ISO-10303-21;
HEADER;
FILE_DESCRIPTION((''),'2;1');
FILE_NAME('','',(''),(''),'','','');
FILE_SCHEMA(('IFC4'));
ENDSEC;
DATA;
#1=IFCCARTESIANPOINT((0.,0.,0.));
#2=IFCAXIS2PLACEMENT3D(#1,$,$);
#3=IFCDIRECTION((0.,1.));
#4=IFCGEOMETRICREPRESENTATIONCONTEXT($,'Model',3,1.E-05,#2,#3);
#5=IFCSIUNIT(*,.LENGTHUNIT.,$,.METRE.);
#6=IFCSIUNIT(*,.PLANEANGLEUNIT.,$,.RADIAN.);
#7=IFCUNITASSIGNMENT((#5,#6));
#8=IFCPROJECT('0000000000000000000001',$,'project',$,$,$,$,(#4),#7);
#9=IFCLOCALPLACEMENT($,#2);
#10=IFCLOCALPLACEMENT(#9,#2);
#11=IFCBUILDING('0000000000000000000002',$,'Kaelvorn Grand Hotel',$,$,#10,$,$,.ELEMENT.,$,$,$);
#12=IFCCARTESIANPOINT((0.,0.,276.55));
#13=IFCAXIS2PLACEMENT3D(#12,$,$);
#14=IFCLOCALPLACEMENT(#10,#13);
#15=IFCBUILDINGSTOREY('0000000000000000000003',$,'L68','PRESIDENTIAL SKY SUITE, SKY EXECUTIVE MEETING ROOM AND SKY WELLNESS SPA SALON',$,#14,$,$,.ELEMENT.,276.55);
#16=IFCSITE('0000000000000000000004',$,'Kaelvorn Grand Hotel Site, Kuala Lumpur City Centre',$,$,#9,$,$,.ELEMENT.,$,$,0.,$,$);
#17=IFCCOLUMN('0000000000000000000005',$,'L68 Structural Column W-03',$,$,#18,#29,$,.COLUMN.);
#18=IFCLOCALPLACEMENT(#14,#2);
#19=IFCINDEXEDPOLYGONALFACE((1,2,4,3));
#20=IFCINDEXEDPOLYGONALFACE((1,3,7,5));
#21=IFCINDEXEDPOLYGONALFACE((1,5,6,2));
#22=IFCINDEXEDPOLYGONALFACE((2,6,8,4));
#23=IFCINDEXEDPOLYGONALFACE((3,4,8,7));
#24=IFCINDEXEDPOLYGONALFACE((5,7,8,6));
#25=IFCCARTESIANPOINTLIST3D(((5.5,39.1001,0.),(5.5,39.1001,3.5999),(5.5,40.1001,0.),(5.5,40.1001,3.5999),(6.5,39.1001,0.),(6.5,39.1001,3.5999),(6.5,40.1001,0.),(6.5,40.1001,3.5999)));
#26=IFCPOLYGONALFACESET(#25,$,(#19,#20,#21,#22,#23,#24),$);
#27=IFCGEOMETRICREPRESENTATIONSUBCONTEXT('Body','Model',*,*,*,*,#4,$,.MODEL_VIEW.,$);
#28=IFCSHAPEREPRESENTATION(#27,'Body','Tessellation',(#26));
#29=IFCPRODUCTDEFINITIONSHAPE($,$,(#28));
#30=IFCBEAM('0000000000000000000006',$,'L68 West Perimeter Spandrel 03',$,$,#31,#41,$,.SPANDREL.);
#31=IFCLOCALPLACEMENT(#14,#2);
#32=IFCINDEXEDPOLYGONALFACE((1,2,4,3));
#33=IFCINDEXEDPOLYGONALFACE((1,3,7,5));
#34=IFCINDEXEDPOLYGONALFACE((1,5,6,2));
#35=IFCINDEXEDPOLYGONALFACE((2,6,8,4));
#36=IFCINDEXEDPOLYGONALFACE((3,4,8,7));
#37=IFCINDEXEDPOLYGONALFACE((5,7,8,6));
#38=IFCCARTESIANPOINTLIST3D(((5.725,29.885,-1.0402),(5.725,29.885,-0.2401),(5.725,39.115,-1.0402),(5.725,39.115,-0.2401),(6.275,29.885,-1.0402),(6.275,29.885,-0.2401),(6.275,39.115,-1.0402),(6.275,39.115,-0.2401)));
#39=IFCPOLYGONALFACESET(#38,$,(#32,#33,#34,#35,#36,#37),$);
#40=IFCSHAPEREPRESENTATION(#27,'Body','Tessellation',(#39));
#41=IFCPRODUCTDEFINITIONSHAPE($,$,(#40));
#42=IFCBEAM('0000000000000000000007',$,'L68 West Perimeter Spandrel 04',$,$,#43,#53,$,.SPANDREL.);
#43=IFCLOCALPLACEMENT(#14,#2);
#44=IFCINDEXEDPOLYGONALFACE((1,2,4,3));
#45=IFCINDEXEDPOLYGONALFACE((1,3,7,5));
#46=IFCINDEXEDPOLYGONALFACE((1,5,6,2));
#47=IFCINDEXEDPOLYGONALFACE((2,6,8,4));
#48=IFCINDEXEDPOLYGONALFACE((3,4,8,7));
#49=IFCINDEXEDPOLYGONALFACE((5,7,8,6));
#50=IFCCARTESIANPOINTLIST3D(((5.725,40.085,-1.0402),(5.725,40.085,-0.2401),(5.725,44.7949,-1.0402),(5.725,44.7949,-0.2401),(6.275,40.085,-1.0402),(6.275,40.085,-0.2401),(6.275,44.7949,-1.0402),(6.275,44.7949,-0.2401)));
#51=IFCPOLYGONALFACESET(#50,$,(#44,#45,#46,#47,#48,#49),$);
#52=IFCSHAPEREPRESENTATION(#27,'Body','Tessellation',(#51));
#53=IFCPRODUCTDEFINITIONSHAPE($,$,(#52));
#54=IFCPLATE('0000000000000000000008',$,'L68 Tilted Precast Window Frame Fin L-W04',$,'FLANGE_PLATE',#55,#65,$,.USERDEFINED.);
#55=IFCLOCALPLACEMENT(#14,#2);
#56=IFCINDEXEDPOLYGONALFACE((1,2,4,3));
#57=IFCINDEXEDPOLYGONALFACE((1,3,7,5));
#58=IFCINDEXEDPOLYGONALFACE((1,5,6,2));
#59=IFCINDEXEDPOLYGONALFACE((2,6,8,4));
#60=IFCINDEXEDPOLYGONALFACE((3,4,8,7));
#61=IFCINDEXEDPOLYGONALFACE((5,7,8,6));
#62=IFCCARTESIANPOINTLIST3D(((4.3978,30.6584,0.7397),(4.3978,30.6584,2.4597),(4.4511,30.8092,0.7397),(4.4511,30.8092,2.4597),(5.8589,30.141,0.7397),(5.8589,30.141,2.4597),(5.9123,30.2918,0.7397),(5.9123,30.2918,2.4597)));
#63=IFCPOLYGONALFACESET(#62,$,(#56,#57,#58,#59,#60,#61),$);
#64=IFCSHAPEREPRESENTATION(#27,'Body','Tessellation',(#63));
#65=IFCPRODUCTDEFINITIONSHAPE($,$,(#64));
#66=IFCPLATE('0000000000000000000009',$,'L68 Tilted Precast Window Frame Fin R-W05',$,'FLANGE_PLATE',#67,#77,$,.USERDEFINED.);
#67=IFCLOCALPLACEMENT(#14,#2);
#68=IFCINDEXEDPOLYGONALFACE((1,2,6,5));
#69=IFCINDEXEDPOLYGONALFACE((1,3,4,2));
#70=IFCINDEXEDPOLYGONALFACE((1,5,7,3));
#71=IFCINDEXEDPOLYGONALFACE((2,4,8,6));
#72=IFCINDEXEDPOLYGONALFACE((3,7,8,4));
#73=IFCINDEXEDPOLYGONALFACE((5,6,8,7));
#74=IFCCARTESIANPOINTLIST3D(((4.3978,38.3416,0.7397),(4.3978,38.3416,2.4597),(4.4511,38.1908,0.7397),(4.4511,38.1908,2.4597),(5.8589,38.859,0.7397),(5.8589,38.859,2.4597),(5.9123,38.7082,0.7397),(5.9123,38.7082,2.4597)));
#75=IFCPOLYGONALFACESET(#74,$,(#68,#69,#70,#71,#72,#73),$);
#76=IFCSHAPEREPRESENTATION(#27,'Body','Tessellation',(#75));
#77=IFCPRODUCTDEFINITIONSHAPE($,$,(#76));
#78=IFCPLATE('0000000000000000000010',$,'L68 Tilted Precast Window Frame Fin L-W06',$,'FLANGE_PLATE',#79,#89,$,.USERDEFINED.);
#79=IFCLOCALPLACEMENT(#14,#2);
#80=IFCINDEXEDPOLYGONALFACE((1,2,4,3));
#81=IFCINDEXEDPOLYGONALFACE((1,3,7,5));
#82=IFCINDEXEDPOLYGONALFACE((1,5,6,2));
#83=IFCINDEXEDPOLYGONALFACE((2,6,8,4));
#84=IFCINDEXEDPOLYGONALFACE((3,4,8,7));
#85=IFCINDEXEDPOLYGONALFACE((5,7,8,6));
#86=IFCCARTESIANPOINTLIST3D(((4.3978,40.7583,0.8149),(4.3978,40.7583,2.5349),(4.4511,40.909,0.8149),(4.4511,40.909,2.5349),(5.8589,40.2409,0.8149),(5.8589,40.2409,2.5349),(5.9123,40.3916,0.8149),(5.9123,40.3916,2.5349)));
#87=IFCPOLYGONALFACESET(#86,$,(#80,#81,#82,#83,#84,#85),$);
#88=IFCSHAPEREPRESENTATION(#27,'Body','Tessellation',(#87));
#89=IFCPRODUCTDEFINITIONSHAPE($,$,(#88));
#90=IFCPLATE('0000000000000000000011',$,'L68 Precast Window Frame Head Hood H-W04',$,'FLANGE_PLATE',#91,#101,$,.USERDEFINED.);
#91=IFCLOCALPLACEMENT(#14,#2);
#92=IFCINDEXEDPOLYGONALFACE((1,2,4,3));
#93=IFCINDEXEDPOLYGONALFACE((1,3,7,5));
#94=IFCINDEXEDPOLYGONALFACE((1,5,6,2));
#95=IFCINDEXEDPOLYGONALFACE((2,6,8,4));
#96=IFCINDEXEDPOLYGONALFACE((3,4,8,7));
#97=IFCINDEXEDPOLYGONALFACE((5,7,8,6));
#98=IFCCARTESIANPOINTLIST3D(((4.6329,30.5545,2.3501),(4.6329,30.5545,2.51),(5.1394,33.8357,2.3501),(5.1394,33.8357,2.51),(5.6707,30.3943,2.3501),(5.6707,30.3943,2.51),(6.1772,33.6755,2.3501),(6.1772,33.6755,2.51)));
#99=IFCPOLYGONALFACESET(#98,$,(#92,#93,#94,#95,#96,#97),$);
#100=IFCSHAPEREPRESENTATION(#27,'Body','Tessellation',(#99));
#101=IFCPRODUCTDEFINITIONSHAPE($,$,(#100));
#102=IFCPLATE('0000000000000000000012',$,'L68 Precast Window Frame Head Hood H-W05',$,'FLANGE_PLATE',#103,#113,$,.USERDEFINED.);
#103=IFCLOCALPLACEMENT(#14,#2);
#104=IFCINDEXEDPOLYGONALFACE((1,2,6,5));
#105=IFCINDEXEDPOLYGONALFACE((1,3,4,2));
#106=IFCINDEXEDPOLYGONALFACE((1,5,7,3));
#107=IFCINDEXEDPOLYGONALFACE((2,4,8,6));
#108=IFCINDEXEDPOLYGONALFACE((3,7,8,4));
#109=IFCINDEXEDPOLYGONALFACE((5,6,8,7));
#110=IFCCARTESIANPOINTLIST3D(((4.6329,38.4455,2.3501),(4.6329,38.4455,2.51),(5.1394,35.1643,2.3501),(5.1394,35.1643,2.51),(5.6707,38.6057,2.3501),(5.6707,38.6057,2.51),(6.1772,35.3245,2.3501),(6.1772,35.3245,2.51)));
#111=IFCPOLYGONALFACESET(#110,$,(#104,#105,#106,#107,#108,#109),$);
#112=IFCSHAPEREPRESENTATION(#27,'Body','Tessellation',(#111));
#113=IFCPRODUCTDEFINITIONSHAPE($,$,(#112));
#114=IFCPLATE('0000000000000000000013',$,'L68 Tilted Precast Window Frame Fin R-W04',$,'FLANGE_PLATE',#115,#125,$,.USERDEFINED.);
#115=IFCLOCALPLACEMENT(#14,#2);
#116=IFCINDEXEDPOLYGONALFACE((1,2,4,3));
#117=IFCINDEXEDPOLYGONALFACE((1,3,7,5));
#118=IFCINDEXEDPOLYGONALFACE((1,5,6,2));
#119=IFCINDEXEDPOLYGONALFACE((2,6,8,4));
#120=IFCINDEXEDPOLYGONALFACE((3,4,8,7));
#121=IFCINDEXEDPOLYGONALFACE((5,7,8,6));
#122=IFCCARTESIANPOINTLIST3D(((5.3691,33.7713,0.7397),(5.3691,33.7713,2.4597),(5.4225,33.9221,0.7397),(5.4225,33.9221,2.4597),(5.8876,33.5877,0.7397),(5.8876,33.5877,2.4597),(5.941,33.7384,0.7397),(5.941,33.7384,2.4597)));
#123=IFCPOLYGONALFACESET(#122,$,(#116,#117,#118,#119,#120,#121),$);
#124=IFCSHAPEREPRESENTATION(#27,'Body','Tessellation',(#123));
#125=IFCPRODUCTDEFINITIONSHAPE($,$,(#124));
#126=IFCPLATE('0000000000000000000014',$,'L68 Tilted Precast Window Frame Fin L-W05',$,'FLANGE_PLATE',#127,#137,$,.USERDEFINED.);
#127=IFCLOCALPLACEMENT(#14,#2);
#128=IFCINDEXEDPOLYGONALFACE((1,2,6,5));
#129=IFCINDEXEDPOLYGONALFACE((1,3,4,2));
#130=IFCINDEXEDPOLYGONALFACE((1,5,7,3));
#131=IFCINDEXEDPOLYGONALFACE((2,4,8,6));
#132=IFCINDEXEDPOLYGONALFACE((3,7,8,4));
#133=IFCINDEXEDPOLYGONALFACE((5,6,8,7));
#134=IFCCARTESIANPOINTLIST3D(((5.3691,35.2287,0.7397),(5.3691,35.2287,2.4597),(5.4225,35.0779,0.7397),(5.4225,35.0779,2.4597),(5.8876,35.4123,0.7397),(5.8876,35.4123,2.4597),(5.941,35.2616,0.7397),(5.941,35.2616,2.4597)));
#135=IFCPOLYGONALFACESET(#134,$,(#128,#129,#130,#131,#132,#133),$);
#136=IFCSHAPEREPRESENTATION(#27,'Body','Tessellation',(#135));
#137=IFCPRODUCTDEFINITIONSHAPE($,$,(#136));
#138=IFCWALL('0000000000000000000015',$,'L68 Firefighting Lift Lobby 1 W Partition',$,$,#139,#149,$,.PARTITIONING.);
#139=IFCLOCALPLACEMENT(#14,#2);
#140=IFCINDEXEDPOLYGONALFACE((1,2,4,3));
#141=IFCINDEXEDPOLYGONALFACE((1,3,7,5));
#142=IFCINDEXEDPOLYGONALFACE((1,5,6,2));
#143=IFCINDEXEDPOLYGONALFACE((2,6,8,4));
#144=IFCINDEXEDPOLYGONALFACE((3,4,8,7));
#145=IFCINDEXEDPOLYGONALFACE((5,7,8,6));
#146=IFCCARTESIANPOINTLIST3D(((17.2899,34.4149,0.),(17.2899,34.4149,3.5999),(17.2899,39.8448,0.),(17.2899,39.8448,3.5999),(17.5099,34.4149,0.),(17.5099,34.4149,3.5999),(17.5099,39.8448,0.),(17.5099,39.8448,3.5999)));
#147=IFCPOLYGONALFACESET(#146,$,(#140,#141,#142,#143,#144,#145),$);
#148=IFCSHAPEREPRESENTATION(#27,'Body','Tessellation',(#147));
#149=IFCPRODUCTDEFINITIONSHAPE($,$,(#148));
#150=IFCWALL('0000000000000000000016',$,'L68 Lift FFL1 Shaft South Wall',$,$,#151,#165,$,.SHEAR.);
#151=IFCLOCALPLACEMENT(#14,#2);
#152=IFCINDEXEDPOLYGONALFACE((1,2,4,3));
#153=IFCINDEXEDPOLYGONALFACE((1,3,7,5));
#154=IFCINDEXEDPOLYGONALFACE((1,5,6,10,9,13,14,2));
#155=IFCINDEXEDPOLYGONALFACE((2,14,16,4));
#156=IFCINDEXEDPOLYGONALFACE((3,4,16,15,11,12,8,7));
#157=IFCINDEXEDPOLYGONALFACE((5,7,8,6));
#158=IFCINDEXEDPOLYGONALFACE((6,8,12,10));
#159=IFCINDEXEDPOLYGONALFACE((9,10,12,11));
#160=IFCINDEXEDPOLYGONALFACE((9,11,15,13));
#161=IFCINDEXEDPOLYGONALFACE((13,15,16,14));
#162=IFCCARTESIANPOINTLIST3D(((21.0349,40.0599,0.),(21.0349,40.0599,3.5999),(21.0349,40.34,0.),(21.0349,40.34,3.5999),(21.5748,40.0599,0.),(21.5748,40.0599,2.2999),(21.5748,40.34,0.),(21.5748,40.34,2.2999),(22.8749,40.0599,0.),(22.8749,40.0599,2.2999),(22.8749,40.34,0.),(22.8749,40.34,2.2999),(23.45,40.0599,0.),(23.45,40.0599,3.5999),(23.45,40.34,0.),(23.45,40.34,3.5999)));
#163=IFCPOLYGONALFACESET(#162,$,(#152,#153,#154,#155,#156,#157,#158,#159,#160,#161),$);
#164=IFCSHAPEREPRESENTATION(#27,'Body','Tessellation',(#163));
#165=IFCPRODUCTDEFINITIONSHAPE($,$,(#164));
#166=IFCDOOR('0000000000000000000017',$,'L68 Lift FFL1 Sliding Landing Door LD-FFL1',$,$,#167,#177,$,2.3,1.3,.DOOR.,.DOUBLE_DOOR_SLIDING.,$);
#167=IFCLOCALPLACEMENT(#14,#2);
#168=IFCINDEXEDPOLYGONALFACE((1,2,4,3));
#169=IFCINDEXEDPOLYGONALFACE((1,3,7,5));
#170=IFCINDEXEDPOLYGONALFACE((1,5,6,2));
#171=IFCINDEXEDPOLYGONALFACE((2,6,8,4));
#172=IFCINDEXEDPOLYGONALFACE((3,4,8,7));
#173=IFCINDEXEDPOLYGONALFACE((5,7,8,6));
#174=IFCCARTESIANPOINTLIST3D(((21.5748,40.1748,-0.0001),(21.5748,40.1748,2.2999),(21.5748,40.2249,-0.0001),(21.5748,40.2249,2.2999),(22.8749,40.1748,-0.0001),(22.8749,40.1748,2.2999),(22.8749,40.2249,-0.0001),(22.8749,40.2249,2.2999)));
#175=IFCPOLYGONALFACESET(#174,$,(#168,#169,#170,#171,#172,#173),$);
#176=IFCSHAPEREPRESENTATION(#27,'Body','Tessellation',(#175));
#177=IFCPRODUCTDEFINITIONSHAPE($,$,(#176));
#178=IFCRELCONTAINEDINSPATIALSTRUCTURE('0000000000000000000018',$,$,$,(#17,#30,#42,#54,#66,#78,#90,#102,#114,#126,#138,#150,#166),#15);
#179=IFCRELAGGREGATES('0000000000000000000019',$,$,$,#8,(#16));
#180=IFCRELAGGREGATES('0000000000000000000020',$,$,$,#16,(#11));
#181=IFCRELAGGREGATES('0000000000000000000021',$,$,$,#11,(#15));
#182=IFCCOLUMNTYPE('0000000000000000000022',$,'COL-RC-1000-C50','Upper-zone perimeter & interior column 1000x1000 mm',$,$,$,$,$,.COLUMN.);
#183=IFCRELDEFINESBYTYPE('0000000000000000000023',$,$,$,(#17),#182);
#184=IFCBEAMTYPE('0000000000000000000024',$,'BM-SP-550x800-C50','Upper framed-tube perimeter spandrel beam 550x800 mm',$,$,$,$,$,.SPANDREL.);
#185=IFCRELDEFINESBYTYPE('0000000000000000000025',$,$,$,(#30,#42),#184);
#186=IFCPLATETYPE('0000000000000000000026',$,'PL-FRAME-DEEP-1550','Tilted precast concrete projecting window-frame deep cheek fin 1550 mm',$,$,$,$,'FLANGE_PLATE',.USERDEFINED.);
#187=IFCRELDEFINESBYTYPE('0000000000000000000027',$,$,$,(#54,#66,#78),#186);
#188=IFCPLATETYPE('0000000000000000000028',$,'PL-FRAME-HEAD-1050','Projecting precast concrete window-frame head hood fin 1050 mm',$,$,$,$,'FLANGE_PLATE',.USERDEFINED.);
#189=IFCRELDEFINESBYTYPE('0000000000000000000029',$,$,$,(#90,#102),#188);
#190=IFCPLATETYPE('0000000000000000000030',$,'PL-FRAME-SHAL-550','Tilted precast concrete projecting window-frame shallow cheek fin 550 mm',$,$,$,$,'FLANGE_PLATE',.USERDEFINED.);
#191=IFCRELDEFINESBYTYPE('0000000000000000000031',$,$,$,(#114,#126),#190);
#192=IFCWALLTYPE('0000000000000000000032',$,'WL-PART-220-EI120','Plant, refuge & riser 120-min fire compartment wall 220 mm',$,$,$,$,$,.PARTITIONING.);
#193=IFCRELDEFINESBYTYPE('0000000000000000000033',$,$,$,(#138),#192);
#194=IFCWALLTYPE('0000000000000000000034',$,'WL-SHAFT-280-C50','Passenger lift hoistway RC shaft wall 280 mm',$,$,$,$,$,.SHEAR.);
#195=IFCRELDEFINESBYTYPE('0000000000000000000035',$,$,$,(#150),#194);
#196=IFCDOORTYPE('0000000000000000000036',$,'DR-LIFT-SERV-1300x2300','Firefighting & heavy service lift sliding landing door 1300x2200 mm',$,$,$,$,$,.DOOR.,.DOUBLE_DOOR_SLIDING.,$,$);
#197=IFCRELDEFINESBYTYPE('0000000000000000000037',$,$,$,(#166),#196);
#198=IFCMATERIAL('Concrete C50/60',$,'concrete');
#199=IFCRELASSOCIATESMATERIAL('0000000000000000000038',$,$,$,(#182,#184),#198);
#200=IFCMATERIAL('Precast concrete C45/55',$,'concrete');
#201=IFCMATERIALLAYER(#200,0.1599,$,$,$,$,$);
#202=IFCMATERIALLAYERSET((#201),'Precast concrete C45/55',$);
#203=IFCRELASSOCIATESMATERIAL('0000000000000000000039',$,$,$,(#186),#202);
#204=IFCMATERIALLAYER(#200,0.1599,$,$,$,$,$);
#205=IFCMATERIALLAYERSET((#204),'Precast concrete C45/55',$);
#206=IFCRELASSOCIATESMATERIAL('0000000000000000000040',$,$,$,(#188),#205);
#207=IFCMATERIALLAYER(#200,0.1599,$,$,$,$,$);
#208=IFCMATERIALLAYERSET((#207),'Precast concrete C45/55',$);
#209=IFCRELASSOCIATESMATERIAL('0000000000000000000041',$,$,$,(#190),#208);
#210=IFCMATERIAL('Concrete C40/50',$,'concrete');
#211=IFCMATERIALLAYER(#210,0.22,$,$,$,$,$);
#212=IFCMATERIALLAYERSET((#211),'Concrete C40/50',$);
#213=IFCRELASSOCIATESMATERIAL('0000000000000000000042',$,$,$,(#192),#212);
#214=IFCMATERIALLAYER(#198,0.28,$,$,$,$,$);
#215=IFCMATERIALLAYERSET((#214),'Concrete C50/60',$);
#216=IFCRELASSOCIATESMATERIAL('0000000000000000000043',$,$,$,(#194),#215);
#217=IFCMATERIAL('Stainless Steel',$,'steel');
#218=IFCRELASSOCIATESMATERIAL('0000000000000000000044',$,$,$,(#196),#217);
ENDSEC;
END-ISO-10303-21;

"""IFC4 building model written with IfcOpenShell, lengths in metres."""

from ifc_helpers import new_model, si_unit, direction, frame, frame_2d, origin, origin_2d, place, context, subcontext, project, spatial, rectangle, extrude, material, layer, layer_set, material_profile, profile_set, type_object, element, fill, save


model = new_model("IFC4")

# Units and contexts
model_context = context("Model", 3, precision=1e-05, world=origin(), true_north=direction((0.0, 1.0)))
body_context = subcontext(model_context, "Body", "Model", "MODEL_VIEW")
ifc_project = project(units=[si_unit("LENGTHUNIT", "METRE"), si_unit("PLANEANGLEUNIT", "RADIAN")], contexts=[model_context])

# Site, building, storey
site_placement = place(None, origin())
site = spatial("IfcSite", under=ifc_project, at=site_placement, Name="Kaelvorn Grand Hotel Site, Kuala Lumpur City Centre", CompositionType="ELEMENT", RefElevation=0.0)
building_placement = place(site_placement, origin())
building = spatial("IfcBuilding", under=site, at=building_placement, Name="Kaelvorn Grand Hotel", CompositionType="ELEMENT")
storey_placement = place(building_placement, frame((0.0, 0.0, 276.55)))
storey = spatial("IfcBuildingStorey", under=building, at=storey_placement, Name="L68", Description="PRESIDENTIAL SKY SUITE, SKY EXECUTIVE MEETING ROOM AND SKY WELLNESS SPA SALON", CompositionType="ELEMENT", Elevation=276.55)

# Column
ifc_material_1 = material(Name="Concrete C50/60", Category="concrete")
ifc_material_profile_1 = material_profile(ifc_material_1, rectangle(XDim=1.0, YDim=1.0, at=origin_2d()), Name="RC COL 1000x1000")
ifc_profile_set_1 = profile_set([ifc_material_profile_1], Name="Concrete C50/60")
column_type = type_object("IfcColumnType", Name="COL-RC-1000-C50", Description="Upper-zone perimeter & interior column 1000x1000 mm", PredefinedType="COLUMN", material=ifc_profile_set_1)
column_placement = place(storey_placement, frame((6.0, 39.6001, 0.0), z_axis=(0.0, 0.0, 1.0), x_axis=(1.0, 0.0, 0.0)))
element("IfcColumn", 1, at=column_placement, inside=storey, type_object=column_type, Name="L68 Structural Column W-03", PredefinedType="COLUMN", context=body_context, shape_type="SweptSolid", body=[
    extrude(rectangle(XDim=1.0, YDim=1.0, at=origin_2d()), origin(), (0.0, 0.0, 1.0), 3.5999),
])

# Beams
ifc_material_profile_2 = material_profile(ifc_material_1, rectangle(XDim=0.55, YDim=0.8, at=origin_2d()), Name="RC SPANDREL 550x800")
ifc_profile_set_2 = profile_set([ifc_material_profile_2], Name="Concrete C50/60")
beam_type = type_object("IfcBeamType", Name="BM-SP-550x800-C50", Description="Upper framed-tube perimeter spandrel beam 550x800 mm", PredefinedType="SPANDREL", material=ifc_profile_set_2)
beam_1_placement = place(storey_placement, frame((6.0, 29.885, -0.6401), z_axis=(0.0, 1.0, 0.0), x_axis=(-1.0, 0.0, 0.0)))
element("IfcBeam", 2, at=beam_1_placement, inside=storey, type_object=beam_type, Name="L68 West Perimeter Spandrel 03", PredefinedType="SPANDREL", context=body_context, shape_type="SweptSolid", body=[
    extrude(rectangle(XDim=0.55, YDim=0.8, at=origin_2d()), origin(), (0.0, 0.0, 1.0), 9.23),
])
beam_2_placement = place(storey_placement, frame((6.0, 40.085, -0.6401), z_axis=(0.0, 1.0, 0.0), x_axis=(-1.0, 0.0, 0.0)))
element("IfcBeam", 3, at=beam_2_placement, inside=storey, type_object=beam_type, Name="L68 West Perimeter Spandrel 04", PredefinedType="SPANDREL", context=body_context, shape_type="SweptSolid", body=[
    extrude(rectangle(XDim=0.55, YDim=0.8, at=origin_2d()), origin(), (0.0, 0.0, 1.0), 4.71),
])

# Plates
ifc_material_2 = material(Name="Precast concrete C45/55", Category="concrete")
ifc_layer_1 = layer(ifc_material_2, 0.1599)
ifc_layer_set_1 = layer_set([ifc_layer_1], Name="Precast concrete C45/55")
plate_type_1 = type_object("IfcPlateType", Name="PL-FRAME-DEEP-1550", Description="Tilted precast concrete projecting window-frame deep cheek fin 1550 mm", ElementType="FLANGE_PLATE", PredefinedType="USERDEFINED", material=ifc_layer_set_1)
for number, where, z_axis, x_axis, name in (
    (4, (5.155, 30.4751, 0.7397), (0.0, 0.0, 1.0), (0.333807, 0.942641, 0.0), "L68 Tilted Precast Window Frame Fin L-W04"),
    (5, (5.155, 38.5249, 0.7397), (0.0, 0.0, 1.0), (-0.333807, 0.942641, 0.0), "L68 Tilted Precast Window Frame Fin R-W05"),
    (6, (5.155, 40.575, 0.8149), (0.0, 0.0, 1.0), (0.333807, 0.942641, 0.0), "L68 Tilted Precast Window Frame Fin L-W06"),
):
    element("IfcPlate", number, at=place(storey_placement, frame(where, z_axis=z_axis, x_axis=x_axis)), inside=storey, type_object=plate_type_1, Name=name, ObjectType="FLANGE_PLATE", PredefinedType="USERDEFINED", context=body_context, shape_type="SweptSolid", body=[
        extrude(rectangle(XDim=0.1599, YDim=1.55, at=origin_2d()), origin(), (0.0, 0.0, 1.0), 1.72),
    ])
ifc_layer_2 = layer(ifc_material_2, 0.1599)
ifc_layer_set_2 = layer_set([ifc_layer_2], Name="Precast concrete C45/55")
plate_type_2 = type_object("IfcPlateType", Name="PL-FRAME-HEAD-1050", Description="Projecting precast concrete window-frame head hood fin 1050 mm", ElementType="FLANGE_PLATE", PredefinedType="USERDEFINED", material=ifc_layer_set_2)
for number, where, z_axis, x_axis, name in (
    (7, (5.405, 32.115, 2.3501), (0.0, 0.0, 1.0), (0.152555, 0.988295, 0.0), "L68 Precast Window Frame Head Hood H-W04"),
    (8, (5.405, 36.885, 2.3501), (0.0, 0.0, 1.0), (-0.152555, 0.988295, 0.0), "L68 Precast Window Frame Head Hood H-W05"),
):
    element("IfcPlate", number, at=place(storey_placement, frame(where, z_axis=z_axis, x_axis=x_axis)), inside=storey, type_object=plate_type_2, Name=name, ObjectType="FLANGE_PLATE", PredefinedType="USERDEFINED", context=body_context, shape_type="SweptSolid", body=[
        extrude(rectangle(XDim=3.3201, YDim=1.05, at=origin_2d()), origin(), (0.0, 0.0, 1.0), 0.1599),
    ])
ifc_layer_3 = layer(ifc_material_2, 0.1599)
ifc_layer_set_3 = layer_set([ifc_layer_3], Name="Precast concrete C45/55")
plate_type_3 = type_object("IfcPlateType", Name="PL-FRAME-SHAL-550", Description="Tilted precast concrete projecting window-frame shallow cheek fin 550 mm", ElementType="FLANGE_PLATE", PredefinedType="USERDEFINED", material=ifc_layer_set_3)
for number, where, z_axis, x_axis, name in (
    (9, (5.655, 33.7549, 0.7397), (0.0, 0.0, 1.0), (0.333807, 0.942641, 0.0), "L68 Tilted Precast Window Frame Fin R-W04"),
    (10, (5.655, 35.2451, 0.7397), (0.0, 0.0, 1.0), (-0.333807, 0.942641, 0.0), "L68 Tilted Precast Window Frame Fin L-W05"),
):
    element("IfcPlate", number, at=place(storey_placement, frame(where, z_axis=z_axis, x_axis=x_axis)), inside=storey, type_object=plate_type_3, Name=name, ObjectType="FLANGE_PLATE", PredefinedType="USERDEFINED", context=body_context, shape_type="SweptSolid", body=[
        extrude(rectangle(XDim=0.1599, YDim=0.55, at=origin_2d()), origin(), (0.0, 0.0, 1.0), 1.72),
    ])

# Shared definitions
ifc_material_3 = material(Name="Concrete C40/50", Category="concrete")
ifc_layer_4 = layer(ifc_material_3, 0.22)
ifc_layer_set_4 = layer_set([ifc_layer_4], Name="Concrete C40/50")
wall_type_1 = type_object("IfcWallType", Name="WL-PART-220-EI120", Description="Plant, refuge & riser 120-min fire compartment wall 220 mm", PredefinedType="PARTITIONING", material=ifc_layer_set_4)

# Wall
wall_1_placement = place(storey_placement, frame((17.3999, 34.415, 0.0), z_axis=(0.0, 0.0, 1.0), x_axis=(0.0, 1.0, 0.0)))
element("IfcWall", 11, at=wall_1_placement, inside=storey, type_object=wall_type_1, Name="L68 Firefighting Lift Lobby 1 W Partition", PredefinedType="PARTITIONING", context=body_context, shape_type="SweptSolid", body=[
    extrude(rectangle(XDim=5.4299, YDim=0.22, at=frame_2d((2.7148, 0.0))), origin(), (0.0, 0.0, 1.0), 3.5999),
])

# Wall, opening, door
ifc_layer_5 = layer(ifc_material_1, 0.28)
ifc_layer_set_5 = layer_set([ifc_layer_5], Name="Concrete C50/60")
wall_type_2 = type_object("IfcWallType", Name="WL-SHAFT-280-C50", Description="Passenger lift hoistway RC shaft wall 280 mm", PredefinedType="SHEAR", material=ifc_layer_set_5)
wall_2_placement = place(storey_placement, frame((21.0349, 40.2, 0.0), z_axis=(0.0, 0.0, 1.0), x_axis=(1.0, 0.0, 0.0)))
wall_2 = element("IfcWall", 12, at=wall_2_placement, inside=storey, type_object=wall_type_2, Name="L68 Lift FFL1 Shaft South Wall", PredefinedType="SHEAR", context=body_context, shape_type="SweptSolid", body=[
    extrude(rectangle(XDim=2.415, YDim=0.28, at=frame_2d((1.2075, 0.0))), origin(), (0.0, 0.0, 1.0), 3.5999),
])
opening_1_placement = place(wall_2_placement, frame((0.54, 0.0, 0.0)))
opening_1 = element("IfcOpeningElement", 13, at=opening_1_placement, cuts=wall_2, PredefinedType="OPENING", context=body_context, shape_type="SweptSolid", body=[
    extrude(rectangle(XDim=1.3, YDim=2.3, at=frame_2d((0.6499, 1.1499))), frame((0.0, 0.1499, 0.0), z_axis=(0.0, -1.0, 0.0), x_axis=(1.0, 0.0, 0.0)), (0.0, 0.0, 1.0), 0.3),
])
ifc_material_4 = material(Name="Stainless Steel", Category="steel")
door_type_1 = type_object("IfcDoorType", Name="DR-LIFT-SERV-1300x2300", Description="Firefighting & heavy service lift sliding landing door 1300x2200 mm", OperationType="DOUBLE_DOOR_SLIDING", PredefinedType="DOOR", material=ifc_material_4)
door_1_placement = place(opening_1_placement, origin())
door_1 = element("IfcDoor", 14, at=door_1_placement, inside=storey, type_object=door_type_1, Name="L68 Lift FFL1 Sliding Landing Door LD-FFL1", OperationType="DOUBLE_DOOR_SLIDING", OverallHeight=2.3, OverallWidth=1.3, PredefinedType="DOOR", context=body_context, shape_type="SweptSolid", body=[
    extrude(rectangle(XDim=1.3, YDim=2.3, at=frame_2d((0.6499, 1.1499))), frame((0.0, 0.0249, 0.0), z_axis=(0.0, -1.0, 0.0), x_axis=(1.0, 0.0, 0.0)), (0.0, 0.0, 1.0), 0.05),
])
fill(opening_1, door_1)

save(model, "model.ifc")
